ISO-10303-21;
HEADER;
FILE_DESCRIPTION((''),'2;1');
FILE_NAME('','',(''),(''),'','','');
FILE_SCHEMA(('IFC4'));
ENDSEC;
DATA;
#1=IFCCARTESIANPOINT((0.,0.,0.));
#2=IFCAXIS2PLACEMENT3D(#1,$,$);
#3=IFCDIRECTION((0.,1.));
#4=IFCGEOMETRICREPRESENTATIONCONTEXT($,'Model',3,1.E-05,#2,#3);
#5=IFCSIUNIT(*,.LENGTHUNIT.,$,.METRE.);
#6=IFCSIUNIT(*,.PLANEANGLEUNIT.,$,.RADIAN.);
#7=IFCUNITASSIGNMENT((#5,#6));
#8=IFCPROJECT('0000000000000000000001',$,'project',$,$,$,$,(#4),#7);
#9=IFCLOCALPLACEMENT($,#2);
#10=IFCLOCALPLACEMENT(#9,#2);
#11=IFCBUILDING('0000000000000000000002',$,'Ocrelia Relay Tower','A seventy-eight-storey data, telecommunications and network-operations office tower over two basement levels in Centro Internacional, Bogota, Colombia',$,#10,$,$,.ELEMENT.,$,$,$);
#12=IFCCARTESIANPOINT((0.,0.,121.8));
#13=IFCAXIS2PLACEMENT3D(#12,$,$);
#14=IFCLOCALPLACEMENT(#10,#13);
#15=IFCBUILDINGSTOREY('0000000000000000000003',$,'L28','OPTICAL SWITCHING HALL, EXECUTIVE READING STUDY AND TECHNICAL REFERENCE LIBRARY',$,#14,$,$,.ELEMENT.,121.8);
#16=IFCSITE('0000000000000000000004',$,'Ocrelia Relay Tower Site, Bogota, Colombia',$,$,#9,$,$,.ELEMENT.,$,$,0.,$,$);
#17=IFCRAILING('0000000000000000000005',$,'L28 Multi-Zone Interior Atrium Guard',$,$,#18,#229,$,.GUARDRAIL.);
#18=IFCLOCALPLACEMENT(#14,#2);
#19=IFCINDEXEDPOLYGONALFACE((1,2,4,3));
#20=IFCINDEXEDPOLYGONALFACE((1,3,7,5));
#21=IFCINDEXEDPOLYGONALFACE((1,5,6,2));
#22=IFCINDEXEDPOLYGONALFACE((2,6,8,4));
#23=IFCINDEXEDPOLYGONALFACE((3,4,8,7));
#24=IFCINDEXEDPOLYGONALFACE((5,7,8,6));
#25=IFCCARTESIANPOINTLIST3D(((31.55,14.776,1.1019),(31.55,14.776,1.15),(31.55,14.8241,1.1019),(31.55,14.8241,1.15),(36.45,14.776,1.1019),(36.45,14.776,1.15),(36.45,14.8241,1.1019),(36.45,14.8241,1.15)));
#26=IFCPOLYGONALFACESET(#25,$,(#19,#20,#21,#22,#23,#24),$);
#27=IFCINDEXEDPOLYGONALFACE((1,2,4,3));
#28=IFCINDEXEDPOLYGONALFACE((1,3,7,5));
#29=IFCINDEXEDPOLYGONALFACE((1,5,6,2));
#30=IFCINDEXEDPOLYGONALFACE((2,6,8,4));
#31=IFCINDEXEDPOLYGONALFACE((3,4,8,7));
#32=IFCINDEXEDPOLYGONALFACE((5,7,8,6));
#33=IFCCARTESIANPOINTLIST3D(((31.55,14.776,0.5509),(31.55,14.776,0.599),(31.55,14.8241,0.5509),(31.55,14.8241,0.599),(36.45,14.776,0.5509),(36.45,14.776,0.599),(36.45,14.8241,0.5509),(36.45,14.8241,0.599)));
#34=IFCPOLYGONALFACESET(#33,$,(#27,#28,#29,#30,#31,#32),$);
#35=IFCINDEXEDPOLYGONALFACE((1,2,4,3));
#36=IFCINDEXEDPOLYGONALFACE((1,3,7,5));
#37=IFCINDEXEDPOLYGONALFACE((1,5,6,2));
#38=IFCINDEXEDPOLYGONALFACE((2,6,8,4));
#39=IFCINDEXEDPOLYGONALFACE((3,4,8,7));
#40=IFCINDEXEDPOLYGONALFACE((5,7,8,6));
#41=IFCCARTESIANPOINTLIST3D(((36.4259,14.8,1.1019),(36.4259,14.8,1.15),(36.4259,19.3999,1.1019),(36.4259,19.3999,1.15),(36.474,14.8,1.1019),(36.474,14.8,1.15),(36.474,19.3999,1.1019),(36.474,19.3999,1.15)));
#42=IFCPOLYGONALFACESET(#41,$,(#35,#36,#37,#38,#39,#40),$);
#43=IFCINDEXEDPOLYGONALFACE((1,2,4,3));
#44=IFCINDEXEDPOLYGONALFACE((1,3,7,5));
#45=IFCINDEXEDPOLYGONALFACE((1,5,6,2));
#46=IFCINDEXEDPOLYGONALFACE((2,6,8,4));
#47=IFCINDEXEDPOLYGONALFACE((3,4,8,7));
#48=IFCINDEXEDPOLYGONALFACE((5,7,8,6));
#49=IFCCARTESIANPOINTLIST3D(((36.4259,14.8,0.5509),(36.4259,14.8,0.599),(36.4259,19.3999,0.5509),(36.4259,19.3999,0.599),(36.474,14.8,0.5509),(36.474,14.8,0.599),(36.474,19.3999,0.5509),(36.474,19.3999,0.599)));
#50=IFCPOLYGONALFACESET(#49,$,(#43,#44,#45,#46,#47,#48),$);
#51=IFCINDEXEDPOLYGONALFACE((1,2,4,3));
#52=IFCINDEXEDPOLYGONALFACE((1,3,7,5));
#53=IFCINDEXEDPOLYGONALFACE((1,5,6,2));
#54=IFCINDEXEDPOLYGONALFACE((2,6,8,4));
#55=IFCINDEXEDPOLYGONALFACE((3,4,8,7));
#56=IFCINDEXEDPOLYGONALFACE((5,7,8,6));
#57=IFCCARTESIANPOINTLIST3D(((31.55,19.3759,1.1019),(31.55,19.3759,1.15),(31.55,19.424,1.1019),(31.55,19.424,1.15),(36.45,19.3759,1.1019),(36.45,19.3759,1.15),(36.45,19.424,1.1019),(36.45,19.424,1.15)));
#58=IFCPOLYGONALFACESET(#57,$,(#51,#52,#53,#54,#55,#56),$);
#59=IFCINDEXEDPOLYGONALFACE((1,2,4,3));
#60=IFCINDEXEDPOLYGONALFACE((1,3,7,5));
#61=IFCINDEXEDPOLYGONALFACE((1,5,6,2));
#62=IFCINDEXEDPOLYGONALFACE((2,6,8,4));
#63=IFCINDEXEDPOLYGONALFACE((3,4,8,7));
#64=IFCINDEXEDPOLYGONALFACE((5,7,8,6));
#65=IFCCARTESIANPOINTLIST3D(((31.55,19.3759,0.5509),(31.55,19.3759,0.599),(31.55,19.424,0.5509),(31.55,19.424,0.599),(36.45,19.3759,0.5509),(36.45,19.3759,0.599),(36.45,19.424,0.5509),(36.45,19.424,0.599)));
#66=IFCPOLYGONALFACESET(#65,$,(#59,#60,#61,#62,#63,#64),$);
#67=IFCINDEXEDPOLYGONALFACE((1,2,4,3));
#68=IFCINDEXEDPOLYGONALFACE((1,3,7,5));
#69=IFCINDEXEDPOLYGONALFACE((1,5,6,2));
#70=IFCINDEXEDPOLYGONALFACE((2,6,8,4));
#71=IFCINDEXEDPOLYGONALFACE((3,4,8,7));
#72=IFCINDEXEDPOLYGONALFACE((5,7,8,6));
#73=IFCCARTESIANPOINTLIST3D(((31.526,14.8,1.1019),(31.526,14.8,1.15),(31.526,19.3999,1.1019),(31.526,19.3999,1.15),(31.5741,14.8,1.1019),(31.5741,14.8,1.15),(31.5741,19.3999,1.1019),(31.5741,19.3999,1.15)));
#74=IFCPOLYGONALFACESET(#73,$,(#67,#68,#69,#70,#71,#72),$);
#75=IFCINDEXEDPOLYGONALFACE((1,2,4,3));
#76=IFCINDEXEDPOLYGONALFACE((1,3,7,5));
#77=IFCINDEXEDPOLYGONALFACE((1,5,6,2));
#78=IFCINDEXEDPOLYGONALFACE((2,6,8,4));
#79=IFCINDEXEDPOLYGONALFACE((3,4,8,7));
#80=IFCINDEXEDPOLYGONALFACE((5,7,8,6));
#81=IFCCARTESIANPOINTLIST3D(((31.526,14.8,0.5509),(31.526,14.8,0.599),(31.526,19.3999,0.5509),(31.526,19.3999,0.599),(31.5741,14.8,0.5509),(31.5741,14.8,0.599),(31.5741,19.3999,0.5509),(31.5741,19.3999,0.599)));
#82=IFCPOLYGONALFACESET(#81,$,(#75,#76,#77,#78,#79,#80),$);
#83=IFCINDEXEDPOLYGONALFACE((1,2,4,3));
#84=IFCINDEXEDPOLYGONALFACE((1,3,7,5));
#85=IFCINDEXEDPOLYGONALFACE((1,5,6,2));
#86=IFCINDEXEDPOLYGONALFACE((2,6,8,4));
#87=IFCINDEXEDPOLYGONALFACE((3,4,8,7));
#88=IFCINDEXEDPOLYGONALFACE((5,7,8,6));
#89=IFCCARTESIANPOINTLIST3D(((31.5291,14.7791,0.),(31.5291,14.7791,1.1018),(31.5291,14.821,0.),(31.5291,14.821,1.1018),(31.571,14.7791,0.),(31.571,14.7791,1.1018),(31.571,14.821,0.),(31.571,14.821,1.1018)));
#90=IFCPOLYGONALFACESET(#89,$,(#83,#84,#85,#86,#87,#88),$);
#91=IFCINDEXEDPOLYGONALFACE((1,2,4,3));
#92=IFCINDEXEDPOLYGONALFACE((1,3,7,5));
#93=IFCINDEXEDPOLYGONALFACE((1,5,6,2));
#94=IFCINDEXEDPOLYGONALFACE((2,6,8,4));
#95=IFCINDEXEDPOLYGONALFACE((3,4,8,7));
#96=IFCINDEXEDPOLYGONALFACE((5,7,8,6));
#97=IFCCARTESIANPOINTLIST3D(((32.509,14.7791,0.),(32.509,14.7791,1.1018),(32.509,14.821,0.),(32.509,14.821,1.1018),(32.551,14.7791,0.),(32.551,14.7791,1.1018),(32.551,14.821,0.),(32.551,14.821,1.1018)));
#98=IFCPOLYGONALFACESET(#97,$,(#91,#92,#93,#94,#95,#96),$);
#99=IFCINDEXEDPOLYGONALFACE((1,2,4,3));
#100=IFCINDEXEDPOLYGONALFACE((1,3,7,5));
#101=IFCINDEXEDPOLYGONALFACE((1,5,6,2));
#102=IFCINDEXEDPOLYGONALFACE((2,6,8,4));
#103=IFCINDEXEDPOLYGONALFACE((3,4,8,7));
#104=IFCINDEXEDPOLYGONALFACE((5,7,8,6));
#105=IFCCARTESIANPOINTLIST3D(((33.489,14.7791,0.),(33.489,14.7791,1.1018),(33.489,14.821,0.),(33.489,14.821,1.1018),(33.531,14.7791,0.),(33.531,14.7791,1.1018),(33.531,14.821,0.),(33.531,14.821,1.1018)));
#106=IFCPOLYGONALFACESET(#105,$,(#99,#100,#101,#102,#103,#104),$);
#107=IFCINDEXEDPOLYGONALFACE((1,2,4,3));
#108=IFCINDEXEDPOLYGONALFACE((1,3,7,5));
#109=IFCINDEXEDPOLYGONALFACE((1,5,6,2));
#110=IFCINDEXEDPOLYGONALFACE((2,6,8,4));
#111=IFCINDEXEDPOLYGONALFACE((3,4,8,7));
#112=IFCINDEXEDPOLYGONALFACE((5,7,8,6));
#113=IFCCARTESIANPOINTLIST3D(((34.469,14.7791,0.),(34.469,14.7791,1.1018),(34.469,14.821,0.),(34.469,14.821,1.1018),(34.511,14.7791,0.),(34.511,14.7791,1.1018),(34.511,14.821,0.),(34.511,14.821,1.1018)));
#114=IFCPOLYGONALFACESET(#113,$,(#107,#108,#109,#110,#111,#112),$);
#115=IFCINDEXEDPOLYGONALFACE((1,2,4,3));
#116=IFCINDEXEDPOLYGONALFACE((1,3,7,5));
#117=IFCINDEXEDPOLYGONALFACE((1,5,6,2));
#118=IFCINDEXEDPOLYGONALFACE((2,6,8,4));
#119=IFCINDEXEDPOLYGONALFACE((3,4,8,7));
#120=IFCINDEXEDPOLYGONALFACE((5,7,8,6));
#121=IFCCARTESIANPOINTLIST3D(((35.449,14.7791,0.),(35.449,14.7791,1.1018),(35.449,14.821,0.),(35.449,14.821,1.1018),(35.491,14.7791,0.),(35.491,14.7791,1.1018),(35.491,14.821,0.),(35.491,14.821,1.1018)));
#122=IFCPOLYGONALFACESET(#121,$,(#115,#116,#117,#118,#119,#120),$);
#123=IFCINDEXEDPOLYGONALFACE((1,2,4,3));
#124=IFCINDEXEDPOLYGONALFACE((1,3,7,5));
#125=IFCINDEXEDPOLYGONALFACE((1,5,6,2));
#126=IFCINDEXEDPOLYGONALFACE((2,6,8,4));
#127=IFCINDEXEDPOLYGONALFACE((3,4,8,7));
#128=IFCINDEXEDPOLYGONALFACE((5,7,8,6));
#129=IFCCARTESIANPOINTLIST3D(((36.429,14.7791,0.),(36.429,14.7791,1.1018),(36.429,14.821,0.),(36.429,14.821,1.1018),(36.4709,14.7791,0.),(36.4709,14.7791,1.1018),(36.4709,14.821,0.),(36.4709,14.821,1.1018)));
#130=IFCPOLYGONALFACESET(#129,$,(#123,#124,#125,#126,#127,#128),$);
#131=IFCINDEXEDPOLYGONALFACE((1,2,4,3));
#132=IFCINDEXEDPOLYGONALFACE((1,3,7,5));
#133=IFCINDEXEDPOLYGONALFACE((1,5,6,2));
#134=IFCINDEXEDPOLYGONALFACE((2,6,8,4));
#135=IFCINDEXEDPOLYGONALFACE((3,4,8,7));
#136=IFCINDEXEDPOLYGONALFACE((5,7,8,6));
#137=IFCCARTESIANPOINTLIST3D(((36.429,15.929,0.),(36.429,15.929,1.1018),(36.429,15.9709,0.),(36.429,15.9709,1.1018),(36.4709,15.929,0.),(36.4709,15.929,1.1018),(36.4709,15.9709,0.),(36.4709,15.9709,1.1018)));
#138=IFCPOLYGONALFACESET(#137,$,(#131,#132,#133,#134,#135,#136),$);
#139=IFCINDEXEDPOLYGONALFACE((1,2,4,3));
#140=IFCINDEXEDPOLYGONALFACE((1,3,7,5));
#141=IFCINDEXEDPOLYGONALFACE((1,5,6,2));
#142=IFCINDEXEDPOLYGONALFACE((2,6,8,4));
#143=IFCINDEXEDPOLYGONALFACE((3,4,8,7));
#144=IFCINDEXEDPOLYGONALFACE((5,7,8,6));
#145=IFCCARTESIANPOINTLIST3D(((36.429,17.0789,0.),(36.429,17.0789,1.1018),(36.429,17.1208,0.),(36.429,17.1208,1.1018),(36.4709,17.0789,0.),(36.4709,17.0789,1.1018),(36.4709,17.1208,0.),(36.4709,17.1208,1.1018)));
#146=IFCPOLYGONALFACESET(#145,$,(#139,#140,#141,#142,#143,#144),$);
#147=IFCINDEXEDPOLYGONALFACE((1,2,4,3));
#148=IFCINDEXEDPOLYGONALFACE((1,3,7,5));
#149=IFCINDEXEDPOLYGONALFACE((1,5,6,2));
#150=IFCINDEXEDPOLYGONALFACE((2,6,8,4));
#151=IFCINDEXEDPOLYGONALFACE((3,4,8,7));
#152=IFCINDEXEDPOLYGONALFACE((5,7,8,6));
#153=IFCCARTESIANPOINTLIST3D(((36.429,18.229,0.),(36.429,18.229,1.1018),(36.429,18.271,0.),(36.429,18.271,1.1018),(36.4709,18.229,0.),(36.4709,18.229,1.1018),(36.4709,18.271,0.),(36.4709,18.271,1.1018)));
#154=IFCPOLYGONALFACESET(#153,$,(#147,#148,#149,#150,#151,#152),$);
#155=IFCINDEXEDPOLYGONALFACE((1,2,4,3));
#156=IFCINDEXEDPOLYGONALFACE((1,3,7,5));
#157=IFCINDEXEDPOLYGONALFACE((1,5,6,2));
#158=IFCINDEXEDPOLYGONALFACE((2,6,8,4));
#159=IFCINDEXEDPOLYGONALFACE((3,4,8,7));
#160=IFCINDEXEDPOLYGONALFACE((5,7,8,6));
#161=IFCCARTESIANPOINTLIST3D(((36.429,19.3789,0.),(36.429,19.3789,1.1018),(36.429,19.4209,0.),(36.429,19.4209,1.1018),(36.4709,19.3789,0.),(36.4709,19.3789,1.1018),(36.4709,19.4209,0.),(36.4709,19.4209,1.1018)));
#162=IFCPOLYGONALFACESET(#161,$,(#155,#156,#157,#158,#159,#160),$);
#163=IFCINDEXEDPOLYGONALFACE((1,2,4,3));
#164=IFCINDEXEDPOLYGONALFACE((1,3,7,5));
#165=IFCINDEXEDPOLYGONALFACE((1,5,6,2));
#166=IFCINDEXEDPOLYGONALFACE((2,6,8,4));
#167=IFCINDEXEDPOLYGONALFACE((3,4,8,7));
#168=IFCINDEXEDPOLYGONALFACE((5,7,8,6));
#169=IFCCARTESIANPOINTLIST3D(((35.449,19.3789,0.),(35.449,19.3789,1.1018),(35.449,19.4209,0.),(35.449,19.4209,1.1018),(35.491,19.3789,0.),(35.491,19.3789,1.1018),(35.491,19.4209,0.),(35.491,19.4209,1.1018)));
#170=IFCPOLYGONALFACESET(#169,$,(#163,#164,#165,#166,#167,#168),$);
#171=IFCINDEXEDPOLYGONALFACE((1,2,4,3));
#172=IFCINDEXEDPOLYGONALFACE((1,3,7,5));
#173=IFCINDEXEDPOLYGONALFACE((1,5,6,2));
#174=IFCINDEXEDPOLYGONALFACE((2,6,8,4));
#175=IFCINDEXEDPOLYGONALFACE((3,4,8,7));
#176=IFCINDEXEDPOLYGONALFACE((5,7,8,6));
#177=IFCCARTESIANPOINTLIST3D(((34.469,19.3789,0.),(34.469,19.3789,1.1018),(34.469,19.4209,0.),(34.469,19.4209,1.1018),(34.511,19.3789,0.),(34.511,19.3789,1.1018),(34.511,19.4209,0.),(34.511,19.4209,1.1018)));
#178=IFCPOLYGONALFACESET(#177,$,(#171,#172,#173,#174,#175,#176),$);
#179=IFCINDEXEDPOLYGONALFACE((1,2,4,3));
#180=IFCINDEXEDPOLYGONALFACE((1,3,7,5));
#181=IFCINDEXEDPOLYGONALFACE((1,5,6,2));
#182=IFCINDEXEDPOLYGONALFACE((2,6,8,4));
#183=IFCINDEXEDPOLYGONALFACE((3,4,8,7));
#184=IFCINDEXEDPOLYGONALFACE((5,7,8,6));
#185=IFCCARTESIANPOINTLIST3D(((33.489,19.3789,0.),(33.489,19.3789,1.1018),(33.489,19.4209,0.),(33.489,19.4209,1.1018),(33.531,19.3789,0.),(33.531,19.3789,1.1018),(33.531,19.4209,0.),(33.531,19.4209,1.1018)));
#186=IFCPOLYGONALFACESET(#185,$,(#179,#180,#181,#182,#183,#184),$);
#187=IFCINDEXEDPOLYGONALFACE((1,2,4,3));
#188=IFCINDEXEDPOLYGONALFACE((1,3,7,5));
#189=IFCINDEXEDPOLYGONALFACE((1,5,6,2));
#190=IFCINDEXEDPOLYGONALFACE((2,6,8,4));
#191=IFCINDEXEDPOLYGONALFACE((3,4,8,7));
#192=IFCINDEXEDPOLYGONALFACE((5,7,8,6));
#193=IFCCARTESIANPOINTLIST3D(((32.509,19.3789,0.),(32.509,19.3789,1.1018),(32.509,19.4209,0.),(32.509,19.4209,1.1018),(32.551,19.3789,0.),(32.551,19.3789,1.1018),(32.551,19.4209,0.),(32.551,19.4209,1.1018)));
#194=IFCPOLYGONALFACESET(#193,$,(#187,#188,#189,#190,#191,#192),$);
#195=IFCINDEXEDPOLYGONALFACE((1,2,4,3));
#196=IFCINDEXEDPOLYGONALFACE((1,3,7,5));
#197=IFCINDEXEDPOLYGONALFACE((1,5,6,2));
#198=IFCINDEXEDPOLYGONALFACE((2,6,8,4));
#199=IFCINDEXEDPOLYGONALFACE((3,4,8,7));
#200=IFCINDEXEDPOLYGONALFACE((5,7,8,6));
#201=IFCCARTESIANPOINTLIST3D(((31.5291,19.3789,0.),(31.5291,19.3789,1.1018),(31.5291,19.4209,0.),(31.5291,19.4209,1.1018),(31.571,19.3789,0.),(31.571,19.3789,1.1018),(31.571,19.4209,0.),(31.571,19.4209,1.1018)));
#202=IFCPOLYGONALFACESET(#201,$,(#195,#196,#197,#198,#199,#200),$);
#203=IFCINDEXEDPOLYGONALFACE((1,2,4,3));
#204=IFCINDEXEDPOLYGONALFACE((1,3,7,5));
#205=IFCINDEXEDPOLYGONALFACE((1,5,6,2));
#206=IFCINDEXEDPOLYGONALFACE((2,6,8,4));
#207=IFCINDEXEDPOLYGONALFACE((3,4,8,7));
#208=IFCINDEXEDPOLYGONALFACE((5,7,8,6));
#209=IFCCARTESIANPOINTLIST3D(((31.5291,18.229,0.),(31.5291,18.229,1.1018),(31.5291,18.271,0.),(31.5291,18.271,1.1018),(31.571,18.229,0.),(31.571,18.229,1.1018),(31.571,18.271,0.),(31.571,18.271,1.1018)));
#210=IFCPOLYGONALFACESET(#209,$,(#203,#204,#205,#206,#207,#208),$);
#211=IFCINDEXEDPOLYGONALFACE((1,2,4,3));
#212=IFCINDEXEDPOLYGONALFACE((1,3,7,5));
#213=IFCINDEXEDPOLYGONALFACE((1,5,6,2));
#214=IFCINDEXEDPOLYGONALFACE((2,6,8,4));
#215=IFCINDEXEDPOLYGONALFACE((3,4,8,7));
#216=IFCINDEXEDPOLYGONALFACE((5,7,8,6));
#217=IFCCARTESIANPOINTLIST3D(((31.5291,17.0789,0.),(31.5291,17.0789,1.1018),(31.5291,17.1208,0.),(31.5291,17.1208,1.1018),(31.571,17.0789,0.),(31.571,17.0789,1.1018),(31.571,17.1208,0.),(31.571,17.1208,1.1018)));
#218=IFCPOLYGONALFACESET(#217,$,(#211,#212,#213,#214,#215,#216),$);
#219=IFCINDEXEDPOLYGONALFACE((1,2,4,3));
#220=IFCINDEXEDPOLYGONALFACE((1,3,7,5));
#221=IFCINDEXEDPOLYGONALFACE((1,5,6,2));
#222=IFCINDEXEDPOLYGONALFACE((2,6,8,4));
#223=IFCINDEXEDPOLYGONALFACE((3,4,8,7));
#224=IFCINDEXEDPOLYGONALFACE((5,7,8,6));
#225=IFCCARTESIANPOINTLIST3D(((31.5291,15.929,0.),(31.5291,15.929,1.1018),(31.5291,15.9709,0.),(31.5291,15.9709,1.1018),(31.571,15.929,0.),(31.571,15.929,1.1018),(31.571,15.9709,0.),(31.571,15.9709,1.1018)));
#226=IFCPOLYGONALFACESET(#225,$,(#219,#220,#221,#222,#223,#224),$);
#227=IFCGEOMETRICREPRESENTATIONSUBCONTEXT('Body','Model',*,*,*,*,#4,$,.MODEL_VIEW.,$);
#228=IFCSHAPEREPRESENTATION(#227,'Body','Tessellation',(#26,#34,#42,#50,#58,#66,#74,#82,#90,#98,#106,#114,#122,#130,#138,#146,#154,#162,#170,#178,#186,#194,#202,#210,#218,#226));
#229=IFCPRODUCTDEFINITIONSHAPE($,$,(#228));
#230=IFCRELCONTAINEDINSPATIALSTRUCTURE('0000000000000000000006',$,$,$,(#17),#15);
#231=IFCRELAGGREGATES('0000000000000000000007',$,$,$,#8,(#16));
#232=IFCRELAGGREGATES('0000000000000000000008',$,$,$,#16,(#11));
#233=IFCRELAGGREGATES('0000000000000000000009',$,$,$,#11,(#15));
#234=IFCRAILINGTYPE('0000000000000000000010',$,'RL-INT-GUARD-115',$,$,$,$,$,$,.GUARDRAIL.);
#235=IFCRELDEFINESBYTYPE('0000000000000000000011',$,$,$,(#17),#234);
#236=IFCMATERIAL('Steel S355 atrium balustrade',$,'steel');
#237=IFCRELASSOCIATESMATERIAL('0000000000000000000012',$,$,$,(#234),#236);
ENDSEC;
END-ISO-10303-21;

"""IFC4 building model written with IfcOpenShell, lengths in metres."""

from ifc_helpers import new_model, si_unit, direction, frame, origin, origin_2d, place, context, subcontext, project, spatial, rectangle, extrude, material, type_object, element, save


model = new_model("IFC4")

# Units and contexts
model_context = context("Model", 3, precision=1e-05, world=origin(), true_north=direction((0.0, 1.0)))
body_context = subcontext(model_context, "Body", "Model", "MODEL_VIEW")
ifc_project = project(units=[si_unit("LENGTHUNIT", "METRE"), si_unit("PLANEANGLEUNIT", "RADIAN")], contexts=[model_context])

# Site, building, storey
site_placement = place(None, origin())
site = spatial("IfcSite", under=ifc_project, at=site_placement, Name="Ocrelia Relay Tower Site, Bogota, Colombia", CompositionType="ELEMENT", RefElevation=0.0)
building_placement = place(site_placement, origin())
building = spatial("IfcBuilding", under=site, at=building_placement, Name="Ocrelia Relay Tower", Description="A seventy-eight-storey data, telecommunications and network-operations office tower over two basement levels in Centro Internacional, Bogota, Colombia", CompositionType="ELEMENT")
storey_placement = place(building_placement, frame((0.0, 0.0, 121.8)))
storey = spatial("IfcBuildingStorey", under=building, at=storey_placement, Name="L28", Description="OPTICAL SWITCHING HALL, EXECUTIVE READING STUDY AND TECHNICAL REFERENCE LIBRARY", CompositionType="ELEMENT", Elevation=121.8)

# Railing
ifc_material_1 = material(Name="Steel S355 atrium balustrade", Category="steel")
railing_type_1 = type_object("IfcRailingType", Name="RL-INT-GUARD-115", PredefinedType="GUARDRAIL", material=ifc_material_1)
railing_1_placement = place(storey_placement, frame((31.55, 14.8, 0.0)))
element("IfcRailing", 1, at=railing_1_placement, inside=storey, type_object=railing_type_1, Name="L28 Multi-Zone Interior Atrium Guard", PredefinedType="GUARDRAIL", context=body_context, shape_type="SweptSolid", body=[
    extrude(rectangle(XDim=0.0481, YDim=0.0481, at=origin_2d()), frame((0.0, 0.0, 1.126), z_axis=(1.0, 0.0, 0.0), x_axis=(0.0, 1.0, 0.0)), (0.0, 0.0, 1.0), 4.8999),
    extrude(rectangle(XDim=0.0481, YDim=0.0481, at=origin_2d()), frame((0.0, 0.0, 0.575), z_axis=(1.0, 0.0, 0.0), x_axis=(0.0, 1.0, 0.0)), (0.0, 0.0, 1.0), 4.8999),
    extrude(rectangle(XDim=0.0481, YDim=0.0481, at=origin_2d()), frame((4.8999, 0.0, 1.126), z_axis=(0.0, 1.0, 0.0), x_axis=(-1.0, 0.0, 0.0)), (0.0, 0.0, 1.0), 4.5999),
    extrude(rectangle(XDim=0.0481, YDim=0.0481, at=origin_2d()), frame((4.8999, 0.0, 0.575), z_axis=(0.0, 1.0, 0.0), x_axis=(-1.0, 0.0, 0.0)), (0.0, 0.0, 1.0), 4.5999),
    extrude(rectangle(XDim=0.0481, YDim=0.0481, at=origin_2d()), frame((4.8999, 4.5999, 1.126), z_axis=(-1.0, 0.0, 0.0), x_axis=(0.0, -1.0, 0.0)), (0.0, 0.0, 1.0), 4.8999),
    extrude(rectangle(XDim=0.0481, YDim=0.0481, at=origin_2d()), frame((4.8999, 4.5999, 0.575), z_axis=(-1.0, 0.0, 0.0), x_axis=(0.0, -1.0, 0.0)), (0.0, 0.0, 1.0), 4.8999),
    extrude(rectangle(XDim=0.0481, YDim=0.0481, at=origin_2d()), frame((0.0, 4.5999, 1.126), z_axis=(0.0, -1.0, 0.0), x_axis=(1.0, 0.0, 0.0)), (0.0, 0.0, 1.0), 4.5999),
    extrude(rectangle(XDim=0.0481, YDim=0.0481, at=origin_2d()), frame((0.0, 4.5999, 0.575), z_axis=(0.0, -1.0, 0.0), x_axis=(1.0, 0.0, 0.0)), (0.0, 0.0, 1.0), 4.5999),
    extrude(rectangle(XDim=0.042, YDim=0.042, at=origin_2d()), origin(), (0.0, 0.0, 1.0), 1.1018),
    extrude(rectangle(XDim=0.042, YDim=0.042, at=origin_2d()), frame((0.98, 0.0, 0.0)), (0.0, 0.0, 1.0), 1.1018),
    extrude(rectangle(XDim=0.042, YDim=0.042, at=origin_2d()), frame((1.96, 0.0, 0.0)), (0.0, 0.0, 1.0), 1.1018),
    extrude(rectangle(XDim=0.042, YDim=0.042, at=origin_2d()), frame((2.9399, 0.0, 0.0)), (0.0, 0.0, 1.0), 1.1018),
    extrude(rectangle(XDim=0.042, YDim=0.042, at=origin_2d()), frame((3.9199, 0.0, 0.0)), (0.0, 0.0, 1.0), 1.1018),
    extrude(rectangle(XDim=0.042, YDim=0.042, at=origin_2d()), frame((4.8999, 0.0, 0.0)), (0.0, 0.0, 1.0), 1.1018),
    extrude(rectangle(XDim=0.042, YDim=0.042, at=origin_2d()), frame((4.8999, 1.1499, 0.0)), (0.0, 0.0, 1.0), 1.1018),
    extrude(rectangle(XDim=0.042, YDim=0.042, at=origin_2d()), frame((4.8999, 2.2998, 0.0)), (0.0, 0.0, 1.0), 1.1018),
    extrude(rectangle(XDim=0.042, YDim=0.042, at=origin_2d()), frame((4.8999, 3.45, 0.0)), (0.0, 0.0, 1.0), 1.1018),
    extrude(rectangle(XDim=0.042, YDim=0.042, at=origin_2d()), frame((4.8999, 4.5999, 0.0)), (0.0, 0.0, 1.0), 1.1018),
    extrude(rectangle(XDim=0.042, YDim=0.042, at=origin_2d()), frame((3.9199, 4.5999, 0.0)), (0.0, 0.0, 1.0), 1.1018),
    extrude(rectangle(XDim=0.042, YDim=0.042, at=origin_2d()), frame((2.9399, 4.5999, 0.0)), (0.0, 0.0, 1.0), 1.1018),
    extrude(rectangle(XDim=0.042, YDim=0.042, at=origin_2d()), frame((1.96, 4.5999, 0.0)), (0.0, 0.0, 1.0), 1.1018),
    extrude(rectangle(XDim=0.042, YDim=0.042, at=origin_2d()), frame((0.98, 4.5999, 0.0)), (0.0, 0.0, 1.0), 1.1018),
    extrude(rectangle(XDim=0.042, YDim=0.042, at=origin_2d()), frame((0.0, 4.5999, 0.0)), (0.0, 0.0, 1.0), 1.1018),
    extrude(rectangle(XDim=0.042, YDim=0.042, at=origin_2d()), frame((0.0, 3.45, 0.0)), (0.0, 0.0, 1.0), 1.1018),
    extrude(rectangle(XDim=0.042, YDim=0.042, at=origin_2d()), frame((0.0, 2.2998, 0.0)), (0.0, 0.0, 1.0), 1.1018),
    extrude(rectangle(XDim=0.042, YDim=0.042, at=origin_2d()), frame((0.0, 1.1499, 0.0)), (0.0, 0.0, 1.0), 1.1018),
])

save(model, "model.ifc")
